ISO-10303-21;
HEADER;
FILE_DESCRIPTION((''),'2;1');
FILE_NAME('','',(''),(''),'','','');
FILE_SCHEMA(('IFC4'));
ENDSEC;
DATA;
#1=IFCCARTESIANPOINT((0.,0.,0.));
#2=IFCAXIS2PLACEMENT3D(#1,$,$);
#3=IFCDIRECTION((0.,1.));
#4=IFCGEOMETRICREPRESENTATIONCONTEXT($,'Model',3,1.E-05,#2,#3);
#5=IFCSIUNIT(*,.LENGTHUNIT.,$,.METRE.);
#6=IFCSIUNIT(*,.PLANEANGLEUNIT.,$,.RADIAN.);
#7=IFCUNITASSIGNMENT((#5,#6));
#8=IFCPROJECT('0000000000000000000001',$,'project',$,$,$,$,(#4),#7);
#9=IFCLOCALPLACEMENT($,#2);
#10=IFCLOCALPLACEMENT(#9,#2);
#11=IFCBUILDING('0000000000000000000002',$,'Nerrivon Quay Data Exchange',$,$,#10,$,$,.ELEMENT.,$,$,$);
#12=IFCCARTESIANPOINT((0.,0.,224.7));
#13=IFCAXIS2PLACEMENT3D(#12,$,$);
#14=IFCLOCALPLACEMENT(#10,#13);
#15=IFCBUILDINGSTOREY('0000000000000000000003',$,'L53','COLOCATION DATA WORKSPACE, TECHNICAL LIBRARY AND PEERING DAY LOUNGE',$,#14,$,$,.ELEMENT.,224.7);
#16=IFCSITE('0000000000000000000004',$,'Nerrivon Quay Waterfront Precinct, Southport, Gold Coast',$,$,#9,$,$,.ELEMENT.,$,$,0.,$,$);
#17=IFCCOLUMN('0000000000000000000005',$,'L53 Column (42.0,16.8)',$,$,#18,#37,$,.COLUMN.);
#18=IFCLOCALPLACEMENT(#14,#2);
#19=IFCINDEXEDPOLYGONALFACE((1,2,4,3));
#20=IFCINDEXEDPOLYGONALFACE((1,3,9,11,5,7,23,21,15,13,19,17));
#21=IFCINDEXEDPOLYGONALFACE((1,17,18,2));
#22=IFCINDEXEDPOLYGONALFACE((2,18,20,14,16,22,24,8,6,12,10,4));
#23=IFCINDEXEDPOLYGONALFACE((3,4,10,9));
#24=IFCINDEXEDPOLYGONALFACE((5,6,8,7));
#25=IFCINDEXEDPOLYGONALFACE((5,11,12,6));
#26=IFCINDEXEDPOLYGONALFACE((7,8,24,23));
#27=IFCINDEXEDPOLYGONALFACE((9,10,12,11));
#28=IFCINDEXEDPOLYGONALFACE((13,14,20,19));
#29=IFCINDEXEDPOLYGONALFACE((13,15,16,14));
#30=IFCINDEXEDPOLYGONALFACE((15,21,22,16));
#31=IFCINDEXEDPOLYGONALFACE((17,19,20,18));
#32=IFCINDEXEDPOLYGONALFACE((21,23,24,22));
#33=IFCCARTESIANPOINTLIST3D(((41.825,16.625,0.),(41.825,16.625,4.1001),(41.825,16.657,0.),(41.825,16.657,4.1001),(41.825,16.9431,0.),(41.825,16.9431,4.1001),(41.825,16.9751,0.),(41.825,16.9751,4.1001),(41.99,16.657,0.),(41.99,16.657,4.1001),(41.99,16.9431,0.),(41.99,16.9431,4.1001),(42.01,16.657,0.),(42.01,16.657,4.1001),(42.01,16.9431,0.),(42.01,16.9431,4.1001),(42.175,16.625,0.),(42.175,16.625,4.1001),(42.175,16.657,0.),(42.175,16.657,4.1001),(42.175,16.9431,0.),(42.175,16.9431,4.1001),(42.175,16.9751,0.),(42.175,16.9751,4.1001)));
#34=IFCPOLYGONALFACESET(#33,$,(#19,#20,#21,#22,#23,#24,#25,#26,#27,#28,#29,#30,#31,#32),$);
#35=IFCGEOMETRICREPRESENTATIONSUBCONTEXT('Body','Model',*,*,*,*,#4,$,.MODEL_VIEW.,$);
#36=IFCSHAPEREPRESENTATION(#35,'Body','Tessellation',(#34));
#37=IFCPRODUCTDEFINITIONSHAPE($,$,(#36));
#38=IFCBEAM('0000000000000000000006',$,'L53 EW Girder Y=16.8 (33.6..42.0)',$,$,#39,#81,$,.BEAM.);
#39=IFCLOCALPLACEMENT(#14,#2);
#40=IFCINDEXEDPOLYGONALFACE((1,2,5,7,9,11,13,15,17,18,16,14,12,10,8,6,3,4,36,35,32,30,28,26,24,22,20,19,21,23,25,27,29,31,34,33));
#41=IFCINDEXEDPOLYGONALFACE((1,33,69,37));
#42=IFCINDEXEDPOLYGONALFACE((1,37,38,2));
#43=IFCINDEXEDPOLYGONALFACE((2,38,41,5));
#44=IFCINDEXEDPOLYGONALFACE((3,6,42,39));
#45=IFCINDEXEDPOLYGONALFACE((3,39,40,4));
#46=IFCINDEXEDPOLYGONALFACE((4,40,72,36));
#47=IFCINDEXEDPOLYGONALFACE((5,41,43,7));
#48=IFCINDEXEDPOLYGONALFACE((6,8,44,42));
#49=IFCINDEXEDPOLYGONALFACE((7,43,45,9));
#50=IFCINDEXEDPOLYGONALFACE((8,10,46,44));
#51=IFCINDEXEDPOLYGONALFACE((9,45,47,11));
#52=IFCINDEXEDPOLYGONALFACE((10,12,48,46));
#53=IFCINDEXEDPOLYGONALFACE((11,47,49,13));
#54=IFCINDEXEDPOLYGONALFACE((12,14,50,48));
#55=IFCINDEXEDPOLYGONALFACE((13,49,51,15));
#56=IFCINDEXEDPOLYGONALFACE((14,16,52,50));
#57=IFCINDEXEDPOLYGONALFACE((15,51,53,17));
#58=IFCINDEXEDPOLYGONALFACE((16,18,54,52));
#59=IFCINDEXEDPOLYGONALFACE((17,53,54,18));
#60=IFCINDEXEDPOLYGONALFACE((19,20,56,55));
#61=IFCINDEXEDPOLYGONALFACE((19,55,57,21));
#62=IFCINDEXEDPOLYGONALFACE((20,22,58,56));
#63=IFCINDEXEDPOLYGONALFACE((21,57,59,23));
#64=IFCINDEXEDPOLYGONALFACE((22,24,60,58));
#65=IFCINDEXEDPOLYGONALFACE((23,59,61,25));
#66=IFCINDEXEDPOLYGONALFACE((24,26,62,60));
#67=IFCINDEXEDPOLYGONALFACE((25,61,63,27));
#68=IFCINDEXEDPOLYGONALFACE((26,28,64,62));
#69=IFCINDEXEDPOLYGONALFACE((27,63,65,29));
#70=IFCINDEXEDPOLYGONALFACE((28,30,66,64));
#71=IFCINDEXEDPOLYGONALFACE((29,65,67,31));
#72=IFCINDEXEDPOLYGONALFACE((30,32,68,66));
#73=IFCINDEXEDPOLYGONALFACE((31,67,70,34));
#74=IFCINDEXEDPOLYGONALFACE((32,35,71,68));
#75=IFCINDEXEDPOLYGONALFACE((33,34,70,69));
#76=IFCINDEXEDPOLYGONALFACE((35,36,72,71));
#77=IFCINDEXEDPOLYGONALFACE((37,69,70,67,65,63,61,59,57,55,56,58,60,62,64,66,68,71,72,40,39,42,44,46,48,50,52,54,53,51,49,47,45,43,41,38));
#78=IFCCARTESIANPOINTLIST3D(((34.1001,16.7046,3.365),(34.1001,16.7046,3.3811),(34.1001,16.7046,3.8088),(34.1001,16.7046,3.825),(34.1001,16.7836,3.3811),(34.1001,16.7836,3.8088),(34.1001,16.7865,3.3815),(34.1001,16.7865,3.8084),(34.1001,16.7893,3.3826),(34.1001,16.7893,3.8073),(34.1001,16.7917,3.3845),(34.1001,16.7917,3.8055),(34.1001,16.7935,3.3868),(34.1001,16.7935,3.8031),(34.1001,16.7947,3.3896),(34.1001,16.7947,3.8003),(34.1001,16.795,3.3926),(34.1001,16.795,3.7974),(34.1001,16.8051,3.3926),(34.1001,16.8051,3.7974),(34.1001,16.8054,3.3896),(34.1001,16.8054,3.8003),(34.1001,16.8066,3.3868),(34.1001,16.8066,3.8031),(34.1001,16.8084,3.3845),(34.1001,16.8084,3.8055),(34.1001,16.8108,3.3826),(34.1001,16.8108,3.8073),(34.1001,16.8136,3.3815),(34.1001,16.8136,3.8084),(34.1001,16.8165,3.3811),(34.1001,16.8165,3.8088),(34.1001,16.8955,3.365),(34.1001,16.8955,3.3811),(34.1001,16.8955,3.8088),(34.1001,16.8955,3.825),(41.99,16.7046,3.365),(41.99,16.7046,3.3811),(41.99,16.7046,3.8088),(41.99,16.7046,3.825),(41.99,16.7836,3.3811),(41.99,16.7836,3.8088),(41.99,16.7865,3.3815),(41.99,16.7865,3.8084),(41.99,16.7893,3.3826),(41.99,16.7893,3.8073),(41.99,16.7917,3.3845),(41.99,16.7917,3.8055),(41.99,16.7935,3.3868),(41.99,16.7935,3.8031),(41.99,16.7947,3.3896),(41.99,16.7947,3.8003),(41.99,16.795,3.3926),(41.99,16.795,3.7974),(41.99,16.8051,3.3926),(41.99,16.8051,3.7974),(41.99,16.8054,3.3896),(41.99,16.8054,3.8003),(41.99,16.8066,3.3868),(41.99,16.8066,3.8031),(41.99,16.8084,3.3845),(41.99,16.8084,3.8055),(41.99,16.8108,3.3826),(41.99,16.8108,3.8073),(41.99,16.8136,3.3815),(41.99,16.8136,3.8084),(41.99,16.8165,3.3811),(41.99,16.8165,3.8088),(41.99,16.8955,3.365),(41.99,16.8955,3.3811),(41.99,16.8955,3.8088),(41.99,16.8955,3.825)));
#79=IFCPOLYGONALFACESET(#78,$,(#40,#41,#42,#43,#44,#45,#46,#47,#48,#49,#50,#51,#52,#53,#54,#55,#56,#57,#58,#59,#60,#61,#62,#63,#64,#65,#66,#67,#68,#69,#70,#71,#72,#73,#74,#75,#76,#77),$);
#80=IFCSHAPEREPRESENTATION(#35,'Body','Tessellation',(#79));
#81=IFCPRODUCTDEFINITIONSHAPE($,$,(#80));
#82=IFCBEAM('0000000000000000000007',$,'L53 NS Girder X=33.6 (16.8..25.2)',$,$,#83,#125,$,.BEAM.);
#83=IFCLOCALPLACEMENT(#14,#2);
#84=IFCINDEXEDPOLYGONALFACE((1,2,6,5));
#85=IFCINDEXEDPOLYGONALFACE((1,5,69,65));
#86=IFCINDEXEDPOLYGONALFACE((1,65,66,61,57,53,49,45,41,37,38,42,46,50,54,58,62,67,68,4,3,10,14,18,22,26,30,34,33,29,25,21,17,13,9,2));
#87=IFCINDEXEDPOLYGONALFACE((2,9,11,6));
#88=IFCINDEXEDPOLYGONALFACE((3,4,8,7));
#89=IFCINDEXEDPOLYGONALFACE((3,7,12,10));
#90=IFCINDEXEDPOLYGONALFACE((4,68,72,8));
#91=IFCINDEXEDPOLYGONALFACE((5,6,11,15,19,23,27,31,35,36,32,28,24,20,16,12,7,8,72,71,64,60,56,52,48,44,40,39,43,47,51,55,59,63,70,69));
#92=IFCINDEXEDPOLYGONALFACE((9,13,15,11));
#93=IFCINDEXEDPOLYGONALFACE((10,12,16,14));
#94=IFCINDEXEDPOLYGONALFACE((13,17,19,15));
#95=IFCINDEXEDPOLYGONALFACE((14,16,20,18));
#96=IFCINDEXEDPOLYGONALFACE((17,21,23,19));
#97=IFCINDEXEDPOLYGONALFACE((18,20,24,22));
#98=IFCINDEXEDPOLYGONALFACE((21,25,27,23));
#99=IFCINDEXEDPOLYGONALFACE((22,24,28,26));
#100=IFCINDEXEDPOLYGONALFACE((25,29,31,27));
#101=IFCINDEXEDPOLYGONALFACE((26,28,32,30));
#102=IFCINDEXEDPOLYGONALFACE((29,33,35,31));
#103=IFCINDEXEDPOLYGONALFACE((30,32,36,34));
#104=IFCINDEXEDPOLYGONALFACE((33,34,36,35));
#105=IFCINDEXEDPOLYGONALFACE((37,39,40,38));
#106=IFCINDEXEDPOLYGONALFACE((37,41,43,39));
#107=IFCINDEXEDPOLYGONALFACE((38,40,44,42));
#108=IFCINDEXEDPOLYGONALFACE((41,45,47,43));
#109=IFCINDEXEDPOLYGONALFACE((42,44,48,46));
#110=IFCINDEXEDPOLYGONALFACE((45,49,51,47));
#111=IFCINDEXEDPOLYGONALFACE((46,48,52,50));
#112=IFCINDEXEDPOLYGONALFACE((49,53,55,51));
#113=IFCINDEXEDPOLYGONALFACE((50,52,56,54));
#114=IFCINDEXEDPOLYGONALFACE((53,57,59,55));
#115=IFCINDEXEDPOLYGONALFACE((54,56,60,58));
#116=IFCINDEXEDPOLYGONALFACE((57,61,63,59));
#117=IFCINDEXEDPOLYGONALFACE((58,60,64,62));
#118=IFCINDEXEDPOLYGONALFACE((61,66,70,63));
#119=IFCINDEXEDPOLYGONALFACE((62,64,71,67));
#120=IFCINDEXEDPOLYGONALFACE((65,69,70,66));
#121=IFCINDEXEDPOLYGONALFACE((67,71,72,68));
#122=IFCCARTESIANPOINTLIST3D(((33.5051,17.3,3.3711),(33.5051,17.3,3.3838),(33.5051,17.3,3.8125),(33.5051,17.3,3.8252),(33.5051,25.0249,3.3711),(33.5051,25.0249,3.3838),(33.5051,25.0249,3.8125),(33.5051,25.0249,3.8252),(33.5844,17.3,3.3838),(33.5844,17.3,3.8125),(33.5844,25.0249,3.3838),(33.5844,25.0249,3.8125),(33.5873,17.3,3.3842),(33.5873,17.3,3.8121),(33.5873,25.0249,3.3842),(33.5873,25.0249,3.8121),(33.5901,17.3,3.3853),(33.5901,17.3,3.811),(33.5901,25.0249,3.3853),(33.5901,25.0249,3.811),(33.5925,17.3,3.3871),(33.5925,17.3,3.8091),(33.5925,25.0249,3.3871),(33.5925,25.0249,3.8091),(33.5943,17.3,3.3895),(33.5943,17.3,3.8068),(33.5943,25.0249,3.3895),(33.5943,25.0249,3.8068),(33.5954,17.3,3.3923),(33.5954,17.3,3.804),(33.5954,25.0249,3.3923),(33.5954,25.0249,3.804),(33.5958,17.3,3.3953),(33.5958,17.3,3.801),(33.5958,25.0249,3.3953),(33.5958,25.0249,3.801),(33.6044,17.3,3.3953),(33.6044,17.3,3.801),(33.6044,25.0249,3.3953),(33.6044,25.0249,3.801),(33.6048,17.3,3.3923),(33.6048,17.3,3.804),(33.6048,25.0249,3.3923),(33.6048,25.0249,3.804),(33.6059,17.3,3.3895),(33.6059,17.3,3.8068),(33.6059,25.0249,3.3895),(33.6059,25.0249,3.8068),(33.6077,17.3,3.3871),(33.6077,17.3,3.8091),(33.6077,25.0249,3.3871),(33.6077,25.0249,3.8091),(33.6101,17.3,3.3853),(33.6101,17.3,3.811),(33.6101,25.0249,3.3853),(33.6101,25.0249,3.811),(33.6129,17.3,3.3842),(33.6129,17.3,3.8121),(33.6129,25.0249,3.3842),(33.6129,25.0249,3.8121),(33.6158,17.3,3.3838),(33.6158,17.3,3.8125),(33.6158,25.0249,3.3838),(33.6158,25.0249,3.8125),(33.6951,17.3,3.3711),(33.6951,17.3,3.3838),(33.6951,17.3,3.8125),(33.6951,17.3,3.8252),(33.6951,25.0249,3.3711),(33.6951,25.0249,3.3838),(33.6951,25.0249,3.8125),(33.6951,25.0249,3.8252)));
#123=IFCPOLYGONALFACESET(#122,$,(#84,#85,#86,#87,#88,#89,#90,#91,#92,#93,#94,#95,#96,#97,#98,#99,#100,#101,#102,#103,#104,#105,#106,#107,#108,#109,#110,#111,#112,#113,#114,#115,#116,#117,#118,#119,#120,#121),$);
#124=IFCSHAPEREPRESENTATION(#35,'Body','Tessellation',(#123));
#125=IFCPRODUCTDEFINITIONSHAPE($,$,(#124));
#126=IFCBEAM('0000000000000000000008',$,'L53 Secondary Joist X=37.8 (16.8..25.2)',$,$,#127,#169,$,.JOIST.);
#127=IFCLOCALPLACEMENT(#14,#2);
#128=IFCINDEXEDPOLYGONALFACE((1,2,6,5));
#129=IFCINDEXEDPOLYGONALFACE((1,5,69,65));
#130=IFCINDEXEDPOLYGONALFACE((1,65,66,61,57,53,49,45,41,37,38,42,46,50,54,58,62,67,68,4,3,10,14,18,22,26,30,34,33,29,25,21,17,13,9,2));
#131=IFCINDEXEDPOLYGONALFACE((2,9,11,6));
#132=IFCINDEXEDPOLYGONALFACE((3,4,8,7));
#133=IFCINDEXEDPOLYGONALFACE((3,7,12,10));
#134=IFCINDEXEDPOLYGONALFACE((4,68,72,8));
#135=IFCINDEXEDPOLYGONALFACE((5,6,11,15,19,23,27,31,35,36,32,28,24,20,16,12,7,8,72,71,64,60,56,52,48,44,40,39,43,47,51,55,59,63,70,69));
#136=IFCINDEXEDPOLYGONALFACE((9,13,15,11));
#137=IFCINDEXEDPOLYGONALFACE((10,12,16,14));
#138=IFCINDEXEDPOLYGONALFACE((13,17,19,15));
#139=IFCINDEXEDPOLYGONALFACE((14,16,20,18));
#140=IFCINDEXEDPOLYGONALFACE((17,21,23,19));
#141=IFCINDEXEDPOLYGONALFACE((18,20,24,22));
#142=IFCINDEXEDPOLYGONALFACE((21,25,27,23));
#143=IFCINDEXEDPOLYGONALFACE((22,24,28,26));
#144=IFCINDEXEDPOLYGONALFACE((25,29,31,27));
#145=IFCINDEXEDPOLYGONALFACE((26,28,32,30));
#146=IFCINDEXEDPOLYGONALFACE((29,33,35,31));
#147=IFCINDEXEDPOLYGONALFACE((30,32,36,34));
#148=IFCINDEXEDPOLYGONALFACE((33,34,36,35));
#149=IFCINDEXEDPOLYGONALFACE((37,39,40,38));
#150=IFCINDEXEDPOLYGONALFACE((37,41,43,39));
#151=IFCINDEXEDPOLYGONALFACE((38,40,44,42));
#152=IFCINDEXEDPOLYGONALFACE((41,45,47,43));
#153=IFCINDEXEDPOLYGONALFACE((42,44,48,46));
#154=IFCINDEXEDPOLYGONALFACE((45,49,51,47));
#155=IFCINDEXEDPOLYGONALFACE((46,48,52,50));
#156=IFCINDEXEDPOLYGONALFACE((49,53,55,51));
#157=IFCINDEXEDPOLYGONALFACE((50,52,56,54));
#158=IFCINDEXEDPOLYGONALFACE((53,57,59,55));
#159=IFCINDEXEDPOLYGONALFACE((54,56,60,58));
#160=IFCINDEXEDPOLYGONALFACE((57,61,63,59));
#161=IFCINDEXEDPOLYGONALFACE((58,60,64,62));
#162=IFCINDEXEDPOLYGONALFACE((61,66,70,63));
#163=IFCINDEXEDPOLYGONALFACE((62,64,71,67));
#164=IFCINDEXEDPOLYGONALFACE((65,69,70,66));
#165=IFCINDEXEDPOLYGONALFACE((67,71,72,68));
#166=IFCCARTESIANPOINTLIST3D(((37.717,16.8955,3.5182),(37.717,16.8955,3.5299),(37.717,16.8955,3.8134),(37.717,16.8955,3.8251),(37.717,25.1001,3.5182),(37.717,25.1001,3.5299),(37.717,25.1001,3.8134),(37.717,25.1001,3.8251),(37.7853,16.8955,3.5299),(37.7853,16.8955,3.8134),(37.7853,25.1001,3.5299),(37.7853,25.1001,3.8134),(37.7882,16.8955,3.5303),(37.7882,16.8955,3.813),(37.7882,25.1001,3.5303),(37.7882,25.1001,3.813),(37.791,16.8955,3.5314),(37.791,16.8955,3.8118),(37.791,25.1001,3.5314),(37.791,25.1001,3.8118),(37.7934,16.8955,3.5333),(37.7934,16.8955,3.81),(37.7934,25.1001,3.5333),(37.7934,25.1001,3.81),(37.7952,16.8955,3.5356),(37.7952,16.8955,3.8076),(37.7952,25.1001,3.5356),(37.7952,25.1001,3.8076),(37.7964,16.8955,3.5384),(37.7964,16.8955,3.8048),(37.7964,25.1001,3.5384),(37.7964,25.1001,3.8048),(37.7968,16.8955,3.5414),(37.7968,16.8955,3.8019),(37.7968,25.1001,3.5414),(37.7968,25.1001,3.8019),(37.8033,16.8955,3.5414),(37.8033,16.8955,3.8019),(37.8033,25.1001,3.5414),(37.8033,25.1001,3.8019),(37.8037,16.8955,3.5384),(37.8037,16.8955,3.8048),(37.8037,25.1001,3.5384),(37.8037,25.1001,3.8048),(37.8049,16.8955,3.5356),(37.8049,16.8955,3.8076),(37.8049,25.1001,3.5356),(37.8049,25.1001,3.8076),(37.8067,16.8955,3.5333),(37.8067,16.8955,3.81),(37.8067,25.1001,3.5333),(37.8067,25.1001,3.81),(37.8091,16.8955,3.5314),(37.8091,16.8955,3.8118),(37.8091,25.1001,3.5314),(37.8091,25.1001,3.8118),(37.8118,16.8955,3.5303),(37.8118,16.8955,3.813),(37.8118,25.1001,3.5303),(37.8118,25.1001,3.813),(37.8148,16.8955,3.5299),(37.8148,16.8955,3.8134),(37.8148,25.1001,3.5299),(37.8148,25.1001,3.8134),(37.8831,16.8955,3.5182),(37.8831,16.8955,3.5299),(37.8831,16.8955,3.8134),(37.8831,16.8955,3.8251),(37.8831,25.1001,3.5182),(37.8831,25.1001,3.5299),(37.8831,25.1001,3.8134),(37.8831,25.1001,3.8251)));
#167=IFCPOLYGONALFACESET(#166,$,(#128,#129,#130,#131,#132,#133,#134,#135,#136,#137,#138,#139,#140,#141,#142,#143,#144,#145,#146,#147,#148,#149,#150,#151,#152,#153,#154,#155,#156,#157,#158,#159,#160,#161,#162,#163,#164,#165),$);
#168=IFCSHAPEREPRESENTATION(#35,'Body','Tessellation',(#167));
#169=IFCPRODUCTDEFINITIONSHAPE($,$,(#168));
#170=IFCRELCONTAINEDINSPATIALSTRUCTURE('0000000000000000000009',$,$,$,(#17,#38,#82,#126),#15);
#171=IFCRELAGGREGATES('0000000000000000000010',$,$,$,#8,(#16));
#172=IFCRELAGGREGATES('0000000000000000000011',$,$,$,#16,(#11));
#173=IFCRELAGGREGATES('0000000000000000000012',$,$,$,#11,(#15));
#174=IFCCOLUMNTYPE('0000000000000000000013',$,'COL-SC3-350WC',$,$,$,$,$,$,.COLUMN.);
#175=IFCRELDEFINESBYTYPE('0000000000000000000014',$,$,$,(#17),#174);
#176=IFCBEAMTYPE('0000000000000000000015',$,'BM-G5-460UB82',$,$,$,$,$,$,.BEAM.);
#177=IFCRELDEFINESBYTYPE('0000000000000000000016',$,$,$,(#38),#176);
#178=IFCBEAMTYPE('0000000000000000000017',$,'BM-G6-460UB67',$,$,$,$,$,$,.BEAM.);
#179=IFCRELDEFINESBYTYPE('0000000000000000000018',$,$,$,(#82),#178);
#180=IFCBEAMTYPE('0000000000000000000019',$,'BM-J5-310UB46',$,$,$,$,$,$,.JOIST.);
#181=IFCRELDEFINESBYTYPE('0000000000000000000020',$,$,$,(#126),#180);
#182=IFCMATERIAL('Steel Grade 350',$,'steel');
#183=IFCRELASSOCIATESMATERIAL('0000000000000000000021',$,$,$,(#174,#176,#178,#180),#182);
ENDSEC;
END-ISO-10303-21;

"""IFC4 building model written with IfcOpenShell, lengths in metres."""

from ifc_helpers import new_model, si_unit, direction, frame, origin, origin_2d, place, context, subcontext, project, spatial, i_section, extrude, material, material_profile, profile_set, type_object, element, save


model = new_model("IFC4")

# Units and contexts
model_context = context("Model", 3, precision=1e-05, world=origin(), true_north=direction((0.0, 1.0)))
body_context = subcontext(model_context, "Body", "Model", "MODEL_VIEW")
ifc_project = project(units=[si_unit("LENGTHUNIT", "METRE"), si_unit("PLANEANGLEUNIT", "RADIAN")], contexts=[model_context])

# Site, building, storey
site_placement = place(None, origin())
site = spatial("IfcSite", under=ifc_project, at=site_placement, Name="Nerrivon Quay Waterfront Precinct, Southport, Gold Coast", CompositionType="ELEMENT", RefElevation=0.0)
building_placement = place(site_placement, origin())
building = spatial("IfcBuilding", under=site, at=building_placement, Name="Nerrivon Quay Data Exchange", CompositionType="ELEMENT")
storey_placement = place(building_placement, frame((0.0, 0.0, 224.7)))
storey = spatial("IfcBuildingStorey", under=building, at=storey_placement, Name="L53", Description="COLOCATION DATA WORKSPACE, TECHNICAL LIBRARY AND PEERING DAY LOUNGE", CompositionType="ELEMENT", Elevation=224.7)

# Column
ifc_material_1 = material(Name="Steel Grade 350", Category="steel")
ifc_material_profile_1 = material_profile(ifc_material_1, i_section(OverallWidth=0.3501, OverallDepth=0.3501, WebThickness=0.02, FlangeThickness=0.032, at=origin_2d()), Name="350WC230")
ifc_profile_set_1 = profile_set([ifc_material_profile_1], Name="Steel Grade 350")
column_type = type_object("IfcColumnType", Name="COL-SC3-350WC", PredefinedType="COLUMN", material=ifc_profile_set_1)
column_placement = place(storey_placement, frame((42.0, 16.8, 0.0), z_axis=(0.0, 0.0, 1.0), x_axis=(1.0, 0.0, 0.0)))
element("IfcColumn", 1, at=column_placement, inside=storey, type_object=column_type, Name="L53 Column (42.0,16.8)", PredefinedType="COLUMN", context=body_context, shape_type="SweptSolid", body=[
    extrude(i_section(OverallWidth=0.3501, OverallDepth=0.3501, WebThickness=0.02, FlangeThickness=0.032, at=origin_2d()), origin(), (0.0, 0.0, 1.0), 4.1001),
])

# Beams
ifc_material_profile_2 = material_profile(ifc_material_1, i_section(OverallWidth=0.1909, OverallDepth=0.46, WebThickness=0.01, FlangeThickness=0.0161, FilletRadius=0.0115, at=origin_2d()), Name="460UB82.1")
ifc_profile_set_2 = profile_set([ifc_material_profile_2], Name="Steel Grade 350")
beam_type_1 = type_object("IfcBeamType", Name="BM-G5-460UB82", PredefinedType="BEAM", material=ifc_profile_set_2)
beam_1_placement = place(storey_placement, frame((34.1001, 16.8, 3.595), z_axis=(1.0, 0.0, 0.0), x_axis=(0.0, 1.0, 0.0)))
element("IfcBeam", 2, at=beam_1_placement, inside=storey, type_object=beam_type_1, Name="L53 EW Girder Y=16.8 (33.6..42.0)", PredefinedType="BEAM", context=body_context, shape_type="SweptSolid", body=[
    extrude(i_section(OverallWidth=0.1909, OverallDepth=0.46, WebThickness=0.01, FlangeThickness=0.0161, FilletRadius=0.0115, at=origin_2d()), origin(), (0.0, 0.0, 1.0), 7.8899),
])
ifc_material_profile_3 = material_profile(ifc_material_1, i_section(OverallWidth=0.1899, OverallDepth=0.4541, WebThickness=0.0085, FlangeThickness=0.0127, FilletRadius=0.0115, at=origin_2d()), Name="460UB67.1")
ifc_profile_set_3 = profile_set([ifc_material_profile_3], Name="Steel Grade 350")
beam_type_2 = type_object("IfcBeamType", Name="BM-G6-460UB67", PredefinedType="BEAM", material=ifc_profile_set_3)
beam_2_placement = place(storey_placement, frame((33.6001, 17.3, 3.5981), z_axis=(0.0, 1.0, 0.0), x_axis=(-1.0, 0.0, 0.0)))
element("IfcBeam", 3, at=beam_2_placement, inside=storey, type_object=beam_type_2, Name="L53 NS Girder X=33.6 (16.8..25.2)", PredefinedType="BEAM", context=body_context, shape_type="SweptSolid", body=[
    extrude(i_section(OverallWidth=0.1899, OverallDepth=0.4541, WebThickness=0.0085, FlangeThickness=0.0127, FilletRadius=0.0115, at=origin_2d()), origin(), (0.0, 0.0, 1.0), 7.7249),
])
ifc_material_profile_4 = material_profile(ifc_material_1, i_section(OverallWidth=0.166, OverallDepth=0.3069, WebThickness=0.0066, FlangeThickness=0.0117, FilletRadius=0.0115, at=origin_2d()), Name="310UB46.2")
ifc_profile_set_4 = profile_set([ifc_material_profile_4], Name="Steel Grade 350")
beam_type_3 = type_object("IfcBeamType", Name="BM-J5-310UB46", PredefinedType="JOIST", material=ifc_profile_set_4)
beam_3_placement = place(storey_placement, frame((37.8, 16.8955, 3.6716), z_axis=(0.0, 1.0, 0.0), x_axis=(-1.0, 0.0, 0.0)))
element("IfcBeam", 4, at=beam_3_placement, inside=storey, type_object=beam_type_3, Name="L53 Secondary Joist X=37.8 (16.8..25.2)", PredefinedType="JOIST", context=body_context, shape_type="SweptSolid", body=[
    extrude(i_section(OverallWidth=0.166, OverallDepth=0.3069, WebThickness=0.0066, FlangeThickness=0.0117, FilletRadius=0.0115, at=origin_2d()), origin(), (0.0, 0.0, 1.0), 8.2046),
])

save(model, "model.ifc")
